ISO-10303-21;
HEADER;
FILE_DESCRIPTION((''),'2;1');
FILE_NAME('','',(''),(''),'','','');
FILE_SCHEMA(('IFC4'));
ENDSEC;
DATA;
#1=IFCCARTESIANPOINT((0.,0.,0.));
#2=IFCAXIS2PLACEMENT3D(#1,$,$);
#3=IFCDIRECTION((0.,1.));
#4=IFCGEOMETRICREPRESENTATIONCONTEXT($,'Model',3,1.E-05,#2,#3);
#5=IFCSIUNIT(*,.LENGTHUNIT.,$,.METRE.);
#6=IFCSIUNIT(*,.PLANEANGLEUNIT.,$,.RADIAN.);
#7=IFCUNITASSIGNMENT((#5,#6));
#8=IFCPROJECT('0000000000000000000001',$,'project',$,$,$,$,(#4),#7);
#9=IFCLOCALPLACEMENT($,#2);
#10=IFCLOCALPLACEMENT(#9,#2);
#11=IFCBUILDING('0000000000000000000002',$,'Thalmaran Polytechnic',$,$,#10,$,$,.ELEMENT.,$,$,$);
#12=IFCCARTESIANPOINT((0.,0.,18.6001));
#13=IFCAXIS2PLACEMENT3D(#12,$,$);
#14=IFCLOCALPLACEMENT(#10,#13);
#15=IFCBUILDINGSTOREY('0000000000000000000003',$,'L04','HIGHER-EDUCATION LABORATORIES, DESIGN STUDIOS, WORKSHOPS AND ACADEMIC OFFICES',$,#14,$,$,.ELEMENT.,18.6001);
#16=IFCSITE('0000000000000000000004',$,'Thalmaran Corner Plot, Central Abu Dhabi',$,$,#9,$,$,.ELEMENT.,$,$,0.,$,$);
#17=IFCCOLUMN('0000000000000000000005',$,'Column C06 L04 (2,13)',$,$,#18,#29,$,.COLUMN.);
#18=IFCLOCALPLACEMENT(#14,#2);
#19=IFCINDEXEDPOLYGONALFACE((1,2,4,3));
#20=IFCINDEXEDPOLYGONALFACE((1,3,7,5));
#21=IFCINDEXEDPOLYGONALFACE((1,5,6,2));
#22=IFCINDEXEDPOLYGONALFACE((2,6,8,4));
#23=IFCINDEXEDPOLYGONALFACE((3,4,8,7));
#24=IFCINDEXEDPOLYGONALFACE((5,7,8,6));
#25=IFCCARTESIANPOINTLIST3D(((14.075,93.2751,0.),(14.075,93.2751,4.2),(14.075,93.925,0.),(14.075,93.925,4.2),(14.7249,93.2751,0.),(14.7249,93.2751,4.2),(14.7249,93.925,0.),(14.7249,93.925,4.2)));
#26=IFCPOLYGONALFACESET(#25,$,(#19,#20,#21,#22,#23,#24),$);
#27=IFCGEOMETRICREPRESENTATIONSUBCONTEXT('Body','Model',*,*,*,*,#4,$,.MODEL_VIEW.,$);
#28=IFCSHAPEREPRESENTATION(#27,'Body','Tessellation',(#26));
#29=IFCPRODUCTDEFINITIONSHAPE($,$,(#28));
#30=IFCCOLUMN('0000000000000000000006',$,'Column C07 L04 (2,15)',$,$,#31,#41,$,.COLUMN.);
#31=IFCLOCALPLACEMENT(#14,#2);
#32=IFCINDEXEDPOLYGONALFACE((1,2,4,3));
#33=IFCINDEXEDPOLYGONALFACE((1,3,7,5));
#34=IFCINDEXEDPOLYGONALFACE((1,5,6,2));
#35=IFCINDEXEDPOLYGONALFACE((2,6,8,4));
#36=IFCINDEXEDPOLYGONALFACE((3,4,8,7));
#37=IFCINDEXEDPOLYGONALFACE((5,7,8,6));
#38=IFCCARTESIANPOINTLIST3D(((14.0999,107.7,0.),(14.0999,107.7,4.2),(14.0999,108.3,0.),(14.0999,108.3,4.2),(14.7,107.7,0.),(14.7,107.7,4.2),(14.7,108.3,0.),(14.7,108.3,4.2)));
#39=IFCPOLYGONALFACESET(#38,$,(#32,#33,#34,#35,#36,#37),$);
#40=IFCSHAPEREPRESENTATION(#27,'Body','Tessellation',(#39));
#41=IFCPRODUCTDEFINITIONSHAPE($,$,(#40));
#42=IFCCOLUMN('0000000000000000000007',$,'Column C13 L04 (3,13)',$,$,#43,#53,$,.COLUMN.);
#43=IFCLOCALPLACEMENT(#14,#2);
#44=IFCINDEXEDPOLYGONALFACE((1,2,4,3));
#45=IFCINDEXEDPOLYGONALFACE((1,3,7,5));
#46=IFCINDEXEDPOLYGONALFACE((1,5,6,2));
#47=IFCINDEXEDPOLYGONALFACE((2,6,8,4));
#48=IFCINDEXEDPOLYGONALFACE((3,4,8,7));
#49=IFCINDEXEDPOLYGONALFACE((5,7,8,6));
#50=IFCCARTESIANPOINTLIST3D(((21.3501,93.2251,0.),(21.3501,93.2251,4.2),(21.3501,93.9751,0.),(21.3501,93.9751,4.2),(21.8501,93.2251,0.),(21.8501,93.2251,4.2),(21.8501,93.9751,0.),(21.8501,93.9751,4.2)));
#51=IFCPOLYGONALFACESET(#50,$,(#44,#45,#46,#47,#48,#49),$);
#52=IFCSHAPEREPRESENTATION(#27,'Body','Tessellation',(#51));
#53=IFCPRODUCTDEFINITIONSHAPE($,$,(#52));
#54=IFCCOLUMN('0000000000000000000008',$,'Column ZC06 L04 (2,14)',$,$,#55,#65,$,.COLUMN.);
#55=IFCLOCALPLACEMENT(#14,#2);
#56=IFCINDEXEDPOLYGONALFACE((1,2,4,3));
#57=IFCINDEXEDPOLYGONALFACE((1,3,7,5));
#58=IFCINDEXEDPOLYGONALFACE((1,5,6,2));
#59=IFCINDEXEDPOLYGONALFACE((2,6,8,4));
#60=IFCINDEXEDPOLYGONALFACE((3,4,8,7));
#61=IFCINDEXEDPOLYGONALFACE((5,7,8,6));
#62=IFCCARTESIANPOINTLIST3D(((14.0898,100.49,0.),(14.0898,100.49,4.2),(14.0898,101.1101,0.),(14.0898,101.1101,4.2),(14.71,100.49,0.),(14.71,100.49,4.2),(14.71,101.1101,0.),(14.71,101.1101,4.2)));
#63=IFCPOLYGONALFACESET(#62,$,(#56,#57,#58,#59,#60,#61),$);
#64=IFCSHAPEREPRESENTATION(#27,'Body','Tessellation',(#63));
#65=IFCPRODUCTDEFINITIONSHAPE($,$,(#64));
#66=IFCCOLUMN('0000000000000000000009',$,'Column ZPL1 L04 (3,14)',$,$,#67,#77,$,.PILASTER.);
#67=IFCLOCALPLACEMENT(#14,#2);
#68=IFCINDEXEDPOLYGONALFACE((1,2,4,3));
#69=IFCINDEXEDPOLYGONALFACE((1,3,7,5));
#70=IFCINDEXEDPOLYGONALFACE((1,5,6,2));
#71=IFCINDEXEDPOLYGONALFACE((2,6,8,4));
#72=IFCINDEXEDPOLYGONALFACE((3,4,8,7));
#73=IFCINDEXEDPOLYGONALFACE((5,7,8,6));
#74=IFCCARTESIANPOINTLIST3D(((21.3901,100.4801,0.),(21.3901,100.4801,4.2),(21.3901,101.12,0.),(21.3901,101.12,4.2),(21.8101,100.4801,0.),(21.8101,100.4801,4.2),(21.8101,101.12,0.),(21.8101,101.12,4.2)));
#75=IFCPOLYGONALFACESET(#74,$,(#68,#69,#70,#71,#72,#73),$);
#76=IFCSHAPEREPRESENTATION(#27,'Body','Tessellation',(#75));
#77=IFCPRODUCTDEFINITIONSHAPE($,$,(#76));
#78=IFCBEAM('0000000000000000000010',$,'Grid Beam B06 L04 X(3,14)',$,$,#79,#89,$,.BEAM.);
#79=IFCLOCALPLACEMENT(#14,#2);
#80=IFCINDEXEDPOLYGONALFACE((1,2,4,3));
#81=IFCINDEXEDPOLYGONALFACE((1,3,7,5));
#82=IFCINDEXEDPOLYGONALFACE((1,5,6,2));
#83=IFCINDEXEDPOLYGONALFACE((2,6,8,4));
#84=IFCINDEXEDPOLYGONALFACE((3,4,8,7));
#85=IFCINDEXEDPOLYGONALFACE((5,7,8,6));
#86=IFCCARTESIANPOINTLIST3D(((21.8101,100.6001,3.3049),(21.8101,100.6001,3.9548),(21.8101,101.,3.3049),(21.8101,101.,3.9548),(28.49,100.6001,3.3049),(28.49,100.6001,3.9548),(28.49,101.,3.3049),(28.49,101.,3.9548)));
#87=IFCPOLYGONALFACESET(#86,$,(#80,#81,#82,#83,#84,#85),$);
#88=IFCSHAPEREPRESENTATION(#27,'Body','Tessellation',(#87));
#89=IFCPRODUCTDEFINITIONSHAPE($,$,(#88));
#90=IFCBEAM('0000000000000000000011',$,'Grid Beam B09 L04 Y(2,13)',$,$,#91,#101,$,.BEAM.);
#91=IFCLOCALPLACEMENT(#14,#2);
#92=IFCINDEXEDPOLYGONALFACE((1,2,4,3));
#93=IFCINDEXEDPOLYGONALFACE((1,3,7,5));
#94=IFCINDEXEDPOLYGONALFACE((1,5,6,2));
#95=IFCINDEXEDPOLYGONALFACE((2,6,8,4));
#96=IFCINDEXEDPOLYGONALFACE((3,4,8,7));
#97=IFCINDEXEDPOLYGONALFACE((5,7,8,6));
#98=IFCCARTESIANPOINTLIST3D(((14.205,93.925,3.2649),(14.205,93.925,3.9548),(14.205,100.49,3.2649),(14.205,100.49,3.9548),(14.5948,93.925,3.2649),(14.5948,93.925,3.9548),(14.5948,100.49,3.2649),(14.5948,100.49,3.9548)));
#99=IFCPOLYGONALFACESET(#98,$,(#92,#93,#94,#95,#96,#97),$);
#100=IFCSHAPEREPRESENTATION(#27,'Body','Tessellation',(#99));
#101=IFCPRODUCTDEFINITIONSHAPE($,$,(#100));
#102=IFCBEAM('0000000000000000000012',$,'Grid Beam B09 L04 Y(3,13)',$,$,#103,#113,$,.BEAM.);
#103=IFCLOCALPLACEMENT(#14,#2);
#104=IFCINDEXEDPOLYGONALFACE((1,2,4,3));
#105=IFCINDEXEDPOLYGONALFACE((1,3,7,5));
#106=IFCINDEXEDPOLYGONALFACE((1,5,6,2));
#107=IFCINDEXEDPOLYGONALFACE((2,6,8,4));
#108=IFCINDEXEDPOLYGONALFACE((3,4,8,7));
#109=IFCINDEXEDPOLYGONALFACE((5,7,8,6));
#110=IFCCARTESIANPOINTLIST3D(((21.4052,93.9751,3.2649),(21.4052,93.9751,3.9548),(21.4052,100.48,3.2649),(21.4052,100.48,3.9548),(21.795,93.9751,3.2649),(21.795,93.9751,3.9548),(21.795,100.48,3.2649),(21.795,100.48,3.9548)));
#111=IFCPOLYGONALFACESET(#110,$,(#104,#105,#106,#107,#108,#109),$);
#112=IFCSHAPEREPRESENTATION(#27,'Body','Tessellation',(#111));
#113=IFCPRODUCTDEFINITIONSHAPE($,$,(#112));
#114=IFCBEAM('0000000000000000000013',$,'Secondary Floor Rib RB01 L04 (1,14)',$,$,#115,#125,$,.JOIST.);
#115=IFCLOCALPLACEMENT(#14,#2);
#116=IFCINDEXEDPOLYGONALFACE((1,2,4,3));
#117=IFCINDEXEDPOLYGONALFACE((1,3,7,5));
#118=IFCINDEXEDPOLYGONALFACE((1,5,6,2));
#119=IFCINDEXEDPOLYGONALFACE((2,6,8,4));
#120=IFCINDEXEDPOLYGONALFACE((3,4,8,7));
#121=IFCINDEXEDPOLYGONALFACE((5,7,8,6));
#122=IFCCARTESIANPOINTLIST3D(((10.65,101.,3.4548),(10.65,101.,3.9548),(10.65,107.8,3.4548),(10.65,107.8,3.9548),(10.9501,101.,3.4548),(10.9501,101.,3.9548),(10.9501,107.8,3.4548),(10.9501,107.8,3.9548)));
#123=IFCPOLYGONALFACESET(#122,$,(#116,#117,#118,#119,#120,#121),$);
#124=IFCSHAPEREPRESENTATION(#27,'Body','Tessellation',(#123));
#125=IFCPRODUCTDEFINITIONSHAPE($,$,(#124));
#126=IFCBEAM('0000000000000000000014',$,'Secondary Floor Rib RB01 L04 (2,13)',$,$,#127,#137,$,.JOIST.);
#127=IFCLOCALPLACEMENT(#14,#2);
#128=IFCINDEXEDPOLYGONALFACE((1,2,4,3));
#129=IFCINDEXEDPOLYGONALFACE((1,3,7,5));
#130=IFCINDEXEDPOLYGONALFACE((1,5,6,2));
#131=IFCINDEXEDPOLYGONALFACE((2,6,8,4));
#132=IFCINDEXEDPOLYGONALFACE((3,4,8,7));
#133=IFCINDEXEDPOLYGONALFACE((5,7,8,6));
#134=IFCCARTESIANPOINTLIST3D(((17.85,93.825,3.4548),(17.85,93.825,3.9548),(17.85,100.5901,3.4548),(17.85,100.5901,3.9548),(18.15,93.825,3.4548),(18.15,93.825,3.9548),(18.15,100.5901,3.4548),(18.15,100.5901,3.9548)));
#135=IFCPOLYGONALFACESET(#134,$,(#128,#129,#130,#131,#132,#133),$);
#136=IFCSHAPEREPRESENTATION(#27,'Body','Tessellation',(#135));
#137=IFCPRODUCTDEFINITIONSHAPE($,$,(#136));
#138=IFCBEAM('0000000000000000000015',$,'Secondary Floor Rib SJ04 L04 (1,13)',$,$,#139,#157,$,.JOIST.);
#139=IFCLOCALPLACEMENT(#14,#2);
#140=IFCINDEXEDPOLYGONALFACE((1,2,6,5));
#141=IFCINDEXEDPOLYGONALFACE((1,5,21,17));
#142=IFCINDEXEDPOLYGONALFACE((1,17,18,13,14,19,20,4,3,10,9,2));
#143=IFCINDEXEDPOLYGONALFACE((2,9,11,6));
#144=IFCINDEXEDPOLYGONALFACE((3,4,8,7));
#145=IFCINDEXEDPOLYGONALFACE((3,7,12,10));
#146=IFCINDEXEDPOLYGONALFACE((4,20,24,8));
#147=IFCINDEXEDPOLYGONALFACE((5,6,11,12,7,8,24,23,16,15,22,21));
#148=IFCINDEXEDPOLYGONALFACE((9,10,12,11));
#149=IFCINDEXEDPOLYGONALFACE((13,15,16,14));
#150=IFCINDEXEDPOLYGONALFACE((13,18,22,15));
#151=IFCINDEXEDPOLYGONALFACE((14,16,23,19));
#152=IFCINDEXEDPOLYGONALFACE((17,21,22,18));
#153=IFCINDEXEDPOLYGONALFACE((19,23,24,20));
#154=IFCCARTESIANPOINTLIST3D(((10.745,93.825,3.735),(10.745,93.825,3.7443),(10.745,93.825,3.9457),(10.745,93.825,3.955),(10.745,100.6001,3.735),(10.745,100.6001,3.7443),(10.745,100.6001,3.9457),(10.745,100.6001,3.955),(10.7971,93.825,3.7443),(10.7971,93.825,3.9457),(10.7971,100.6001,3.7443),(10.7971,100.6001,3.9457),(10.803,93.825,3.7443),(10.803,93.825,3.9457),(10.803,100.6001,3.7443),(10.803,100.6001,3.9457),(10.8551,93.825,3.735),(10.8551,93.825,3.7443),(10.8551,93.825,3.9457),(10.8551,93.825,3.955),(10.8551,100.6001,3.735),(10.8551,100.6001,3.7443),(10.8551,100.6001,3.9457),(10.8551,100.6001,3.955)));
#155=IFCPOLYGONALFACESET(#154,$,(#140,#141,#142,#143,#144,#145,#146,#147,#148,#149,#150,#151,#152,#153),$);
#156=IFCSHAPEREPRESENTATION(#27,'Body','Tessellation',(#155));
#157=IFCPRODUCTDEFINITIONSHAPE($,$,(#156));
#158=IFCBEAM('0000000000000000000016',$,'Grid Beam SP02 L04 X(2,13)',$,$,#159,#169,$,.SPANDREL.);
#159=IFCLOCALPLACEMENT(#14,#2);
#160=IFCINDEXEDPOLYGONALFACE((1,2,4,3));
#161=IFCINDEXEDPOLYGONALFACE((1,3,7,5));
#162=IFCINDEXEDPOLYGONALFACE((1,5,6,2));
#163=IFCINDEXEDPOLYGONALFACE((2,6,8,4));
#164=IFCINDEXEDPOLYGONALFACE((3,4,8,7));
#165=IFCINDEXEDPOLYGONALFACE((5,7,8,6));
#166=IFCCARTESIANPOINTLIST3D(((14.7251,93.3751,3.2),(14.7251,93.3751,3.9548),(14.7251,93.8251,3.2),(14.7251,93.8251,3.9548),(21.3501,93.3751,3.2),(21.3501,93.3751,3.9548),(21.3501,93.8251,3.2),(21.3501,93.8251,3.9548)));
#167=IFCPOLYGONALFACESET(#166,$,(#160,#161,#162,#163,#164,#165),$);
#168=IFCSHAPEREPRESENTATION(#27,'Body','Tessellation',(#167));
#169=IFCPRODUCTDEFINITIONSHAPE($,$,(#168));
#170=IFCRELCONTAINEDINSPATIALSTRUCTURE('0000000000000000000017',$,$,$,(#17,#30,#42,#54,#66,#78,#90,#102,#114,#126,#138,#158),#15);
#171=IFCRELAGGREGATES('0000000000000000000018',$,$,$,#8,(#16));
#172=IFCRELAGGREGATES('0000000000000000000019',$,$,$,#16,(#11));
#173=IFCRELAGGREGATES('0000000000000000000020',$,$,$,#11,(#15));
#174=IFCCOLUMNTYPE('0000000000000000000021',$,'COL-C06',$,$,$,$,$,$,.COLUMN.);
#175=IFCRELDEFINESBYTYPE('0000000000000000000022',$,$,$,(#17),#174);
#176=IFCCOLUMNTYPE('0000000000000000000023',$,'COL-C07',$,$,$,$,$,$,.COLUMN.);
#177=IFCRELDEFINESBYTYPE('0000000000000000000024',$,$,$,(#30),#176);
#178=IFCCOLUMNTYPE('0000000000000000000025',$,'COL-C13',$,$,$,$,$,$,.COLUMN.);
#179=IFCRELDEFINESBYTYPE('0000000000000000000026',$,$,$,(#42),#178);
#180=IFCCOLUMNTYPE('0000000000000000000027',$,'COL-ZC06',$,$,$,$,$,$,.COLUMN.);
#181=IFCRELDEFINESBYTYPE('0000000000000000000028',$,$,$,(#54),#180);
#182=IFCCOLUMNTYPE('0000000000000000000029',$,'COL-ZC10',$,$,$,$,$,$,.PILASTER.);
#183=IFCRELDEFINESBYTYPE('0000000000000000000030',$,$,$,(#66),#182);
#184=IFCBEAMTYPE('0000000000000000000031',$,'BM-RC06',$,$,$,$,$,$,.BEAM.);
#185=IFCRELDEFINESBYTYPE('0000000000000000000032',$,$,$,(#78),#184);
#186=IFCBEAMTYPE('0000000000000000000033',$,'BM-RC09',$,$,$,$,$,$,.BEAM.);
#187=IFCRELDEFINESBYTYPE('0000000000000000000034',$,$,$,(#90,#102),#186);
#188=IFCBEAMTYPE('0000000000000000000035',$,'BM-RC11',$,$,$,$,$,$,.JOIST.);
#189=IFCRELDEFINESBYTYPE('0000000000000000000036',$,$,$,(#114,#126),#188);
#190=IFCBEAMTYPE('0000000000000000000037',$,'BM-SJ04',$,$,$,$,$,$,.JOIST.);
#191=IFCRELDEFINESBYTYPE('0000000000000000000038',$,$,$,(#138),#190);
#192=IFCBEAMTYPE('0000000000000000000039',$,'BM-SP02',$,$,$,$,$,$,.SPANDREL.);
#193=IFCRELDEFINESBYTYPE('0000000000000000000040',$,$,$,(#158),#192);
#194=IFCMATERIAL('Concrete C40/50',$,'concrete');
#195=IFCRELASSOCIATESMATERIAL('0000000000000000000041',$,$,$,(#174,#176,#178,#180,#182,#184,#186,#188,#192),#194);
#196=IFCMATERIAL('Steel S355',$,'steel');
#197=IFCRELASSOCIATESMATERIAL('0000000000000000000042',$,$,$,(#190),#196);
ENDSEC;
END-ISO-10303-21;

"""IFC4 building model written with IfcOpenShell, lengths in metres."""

from ifc_helpers import new_model, si_unit, direction, frame, origin, origin_2d, place, context, subcontext, project, spatial, rectangle, i_section, extrude, material, material_profile, profile_set, type_object, element, save


model = new_model("IFC4")

# Units and contexts
model_context = context("Model", 3, precision=1e-05, world=origin(), true_north=direction((0.0, 1.0)))
body_context = subcontext(model_context, "Body", "Model", "MODEL_VIEW")
ifc_project = project(units=[si_unit("LENGTHUNIT", "METRE"), si_unit("PLANEANGLEUNIT", "RADIAN")], contexts=[model_context])

# Site, building, storey
site_placement = place(None, origin())
site = spatial("IfcSite", under=ifc_project, at=site_placement, Name="Thalmaran Corner Plot, Central Abu Dhabi", CompositionType="ELEMENT", RefElevation=0.0)
building_placement = place(site_placement, origin())
building = spatial("IfcBuilding", under=site, at=building_placement, Name="Thalmaran Polytechnic", CompositionType="ELEMENT")
storey_placement = place(building_placement, frame((0.0, 0.0, 18.6001)))
storey = spatial("IfcBuildingStorey", under=building, at=storey_placement, Name="L04", Description="HIGHER-EDUCATION LABORATORIES, DESIGN STUDIOS, WORKSHOPS AND ACADEMIC OFFICES", CompositionType="ELEMENT", Elevation=18.6001)

# Columns
ifc_material_1 = material(Name="Concrete C40/50", Category="concrete")
ifc_material_profile_1 = material_profile(ifc_material_1, rectangle(XDim=0.6499, YDim=0.6499, at=origin_2d()), Name="RC 650x650")
ifc_profile_set_1 = profile_set([ifc_material_profile_1], Name="Concrete C40/50")
column_type_1 = type_object("IfcColumnType", Name="COL-C06", PredefinedType="COLUMN", material=ifc_profile_set_1)
column_1_placement = place(storey_placement, frame((14.3999, 93.6001, 0.0), z_axis=(0.0, 0.0, 1.0), x_axis=(1.0, 0.0, 0.0)))
element("IfcColumn", 1, at=column_1_placement, inside=storey, type_object=column_type_1, Name="Column C06 L04 (2,13)", PredefinedType="COLUMN", context=body_context, shape_type="SweptSolid", body=[
    extrude(rectangle(XDim=0.6499, YDim=0.6499, at=origin_2d()), origin(), (0.0, 0.0, 1.0), 4.2),
])
ifc_material_profile_2 = material_profile(ifc_material_1, rectangle(XDim=0.6001, YDim=0.6001, at=origin_2d()), Name="RC 600x600")
ifc_profile_set_2 = profile_set([ifc_material_profile_2], Name="Concrete C40/50")
column_type_2 = type_object("IfcColumnType", Name="COL-C07", PredefinedType="COLUMN", material=ifc_profile_set_2)
column_2_placement = place(storey_placement, frame((14.3999, 108.0, 0.0), z_axis=(0.0, 0.0, 1.0), x_axis=(1.0, 0.0, 0.0)))
element("IfcColumn", 2, at=column_2_placement, inside=storey, type_object=column_type_2, Name="Column C07 L04 (2,15)", PredefinedType="COLUMN", context=body_context, shape_type="SweptSolid", body=[
    extrude(rectangle(XDim=0.6001, YDim=0.6001, at=origin_2d()), origin(), (0.0, 0.0, 1.0), 4.2),
])
ifc_material_profile_3 = material_profile(ifc_material_1, rectangle(XDim=0.5, YDim=0.75, at=origin_2d()), Name="RC 500x750")
ifc_profile_set_3 = profile_set([ifc_material_profile_3], Name="Concrete C40/50")
column_type_3 = type_object("IfcColumnType", Name="COL-C13", PredefinedType="COLUMN", material=ifc_profile_set_3)
column_3_placement = place(storey_placement, frame((21.6001, 93.6001, 0.0), z_axis=(0.0, 0.0, 1.0), x_axis=(1.0, 0.0, 0.0)))
element("IfcColumn", 3, at=column_3_placement, inside=storey, type_object=column_type_3, Name="Column C13 L04 (3,13)", PredefinedType="COLUMN", context=body_context, shape_type="SweptSolid", body=[
    extrude(rectangle(XDim=0.5, YDim=0.75, at=origin_2d()), origin(), (0.0, 0.0, 1.0), 4.2),
])
ifc_material_profile_4 = material_profile(ifc_material_1, rectangle(XDim=0.6201, YDim=0.6201, at=origin_2d()), Name="RC 620x620")
ifc_profile_set_4 = profile_set([ifc_material_profile_4], Name="Concrete C40/50")
column_type_4 = type_object("IfcColumnType", Name="COL-ZC06", PredefinedType="COLUMN", material=ifc_profile_set_4)
column_4_placement = place(storey_placement, frame((14.3999, 100.8, 0.0), z_axis=(0.0, 0.0, 1.0), x_axis=(1.0, 0.0, 0.0)))
element("IfcColumn", 4, at=column_4_placement, inside=storey, type_object=column_type_4, Name="Column ZC06 L04 (2,14)", PredefinedType="COLUMN", context=body_context, shape_type="SweptSolid", body=[
    extrude(rectangle(XDim=0.6201, YDim=0.6201, at=origin_2d()), origin(), (0.0, 0.0, 1.0), 4.2),
])
ifc_material_profile_5 = material_profile(ifc_material_1, rectangle(XDim=0.4199, YDim=0.6399, at=origin_2d()), Name="RC 420x640")
ifc_profile_set_5 = profile_set([ifc_material_profile_5], Name="Concrete C40/50")
column_type_5 = type_object("IfcColumnType", Name="COL-ZC10", PredefinedType="PILASTER", material=ifc_profile_set_5)
column_5_placement = place(storey_placement, frame((21.6001, 100.8, 0.0), z_axis=(0.0, 0.0, 1.0), x_axis=(1.0, 0.0, 0.0)))
element("IfcColumn", 5, at=column_5_placement, inside=storey, type_object=column_type_5, Name="Column ZPL1 L04 (3,14)", PredefinedType="PILASTER", context=body_context, shape_type="SweptSolid", body=[
    extrude(rectangle(XDim=0.4199, YDim=0.6399, at=origin_2d()), origin(), (0.0, 0.0, 1.0), 4.2),
])

# Beams
ifc_material_profile_6 = material_profile(ifc_material_1, rectangle(XDim=0.3999, YDim=0.6499, at=origin_2d()), Name="RC 400x650")
ifc_profile_set_6 = profile_set([ifc_material_profile_6], Name="Concrete C40/50")
beam_type_1 = type_object("IfcBeamType", Name="BM-RC06", PredefinedType="BEAM", material=ifc_profile_set_6)
beam_1_placement = place(storey_placement, frame((21.8101, 100.8, 3.6299), z_axis=(1.0, 0.0, 0.0), x_axis=(0.0, 1.0, 0.0)))
element("IfcBeam", 6, at=beam_1_placement, inside=storey, type_object=beam_type_1, Name="Grid Beam B06 L04 X(3,14)", PredefinedType="BEAM", context=body_context, shape_type="SweptSolid", body=[
    extrude(rectangle(XDim=0.3999, YDim=0.6499, at=origin_2d()), origin(), (0.0, 0.0, 1.0), 6.6799),
])
ifc_material_profile_7 = material_profile(ifc_material_1, rectangle(XDim=0.3899, YDim=0.6899, at=origin_2d()), Name="RC 390x690")
ifc_profile_set_7 = profile_set([ifc_material_profile_7], Name="Concrete C40/50")
beam_type_2 = type_object("IfcBeamType", Name="BM-RC09", PredefinedType="BEAM", material=ifc_profile_set_7)
beam_2_placement = place(storey_placement, frame((14.3999, 93.925, 3.6099), z_axis=(0.0, 1.0, 0.0), x_axis=(-1.0, 0.0, 0.0)))
element("IfcBeam", 7, at=beam_2_placement, inside=storey, type_object=beam_type_2, Name="Grid Beam B09 L04 Y(2,13)", PredefinedType="BEAM", context=body_context, shape_type="SweptSolid", body=[
    extrude(rectangle(XDim=0.3899, YDim=0.6899, at=origin_2d()), origin(), (0.0, 0.0, 1.0), 6.5649),
])
beam_3_placement = place(storey_placement, frame((21.6001, 93.9751, 3.6099), z_axis=(0.0, 1.0, 0.0), x_axis=(-1.0, 0.0, 0.0)))
element("IfcBeam", 8, at=beam_3_placement, inside=storey, type_object=beam_type_2, Name="Grid Beam B09 L04 Y(3,13)", PredefinedType="BEAM", context=body_context, shape_type="SweptSolid", body=[
    extrude(rectangle(XDim=0.3899, YDim=0.6899, at=origin_2d()), origin(), (0.0, 0.0, 1.0), 6.5049),
])
ifc_material_profile_8 = material_profile(ifc_material_1, rectangle(XDim=0.3, YDim=0.5, at=origin_2d()), Name="RC 300x500")
ifc_profile_set_8 = profile_set([ifc_material_profile_8], Name="Concrete C40/50")
beam_type_3 = type_object("IfcBeamType", Name="BM-RC11", PredefinedType="JOIST", material=ifc_profile_set_8)
beam_4_placement = place(storey_placement, frame((10.8, 101.0, 3.7048), z_axis=(0.0, 1.0, 0.0), x_axis=(-1.0, 0.0, 0.0)))
element("IfcBeam", 9, at=beam_4_placement, inside=storey, type_object=beam_type_3, Name="Secondary Floor Rib RB01 L04 (1,14)", PredefinedType="JOIST", context=body_context, shape_type="SweptSolid", body=[
    extrude(rectangle(XDim=0.3, YDim=0.5, at=origin_2d()), origin(), (0.0, 0.0, 1.0), 6.8),
])
beam_5_placement = place(storey_placement, frame((18.0, 93.825, 3.7048), z_axis=(0.0, 1.0, 0.0), x_axis=(-1.0, 0.0, 0.0)))
element("IfcBeam", 10, at=beam_5_placement, inside=storey, type_object=beam_type_3, Name="Secondary Floor Rib RB01 L04 (2,13)", PredefinedType="JOIST", context=body_context, shape_type="SweptSolid", body=[
    extrude(rectangle(XDim=0.3, YDim=0.5, at=origin_2d()), origin(), (0.0, 0.0, 1.0), 6.7651),
])
ifc_material_2 = material(Name="Steel S355", Category="steel")
ifc_material_profile_9 = material_profile(ifc_material_2, i_section(OverallWidth=0.1101, OverallDepth=0.22, WebThickness=0.0059, FlangeThickness=0.0093, at=origin_2d()), Name="IPE 220")
ifc_profile_set_9 = profile_set([ifc_material_profile_9], Name="Steel S355")
beam_type_4 = type_object("IfcBeamType", Name="BM-SJ04", PredefinedType="JOIST", material=ifc_profile_set_9)
beam_6_placement = place(storey_placement, frame((10.8, 93.825, 3.845), z_axis=(0.0, 1.0, 0.0), x_axis=(-1.0, 0.0, 0.0)))
element("IfcBeam", 11, at=beam_6_placement, inside=storey, type_object=beam_type_4, Name="Secondary Floor Rib SJ04 L04 (1,13)", PredefinedType="JOIST", context=body_context, shape_type="SweptSolid", body=[
    extrude(i_section(OverallWidth=0.1101, OverallDepth=0.22, WebThickness=0.0059, FlangeThickness=0.0093, at=origin_2d()), origin(), (0.0, 0.0, 1.0), 6.7751),
])
ifc_material_profile_10 = material_profile(ifc_material_1, rectangle(XDim=0.45, YDim=0.7549, at=origin_2d()), Name="RC 450x755")
ifc_profile_set_10 = profile_set([ifc_material_profile_10], Name="Concrete C40/50")
beam_type_5 = type_object("IfcBeamType", Name="BM-SP02", PredefinedType="SPANDREL", material=ifc_profile_set_10)
beam_7_placement = place(storey_placement, frame((14.7251, 93.6001, 3.5774), z_axis=(1.0, 0.0, 0.0), x_axis=(0.0, 1.0, 0.0)))
element("IfcBeam", 12, at=beam_7_placement, inside=storey, type_object=beam_type_5, Name="Grid Beam SP02 L04 X(2,13)", PredefinedType="SPANDREL", context=body_context, shape_type="SweptSolid", body=[
    extrude(rectangle(XDim=0.45, YDim=0.7549, at=origin_2d()), origin(), (0.0, 0.0, 1.0), 6.625),
])

save(model, "model.ifc")
